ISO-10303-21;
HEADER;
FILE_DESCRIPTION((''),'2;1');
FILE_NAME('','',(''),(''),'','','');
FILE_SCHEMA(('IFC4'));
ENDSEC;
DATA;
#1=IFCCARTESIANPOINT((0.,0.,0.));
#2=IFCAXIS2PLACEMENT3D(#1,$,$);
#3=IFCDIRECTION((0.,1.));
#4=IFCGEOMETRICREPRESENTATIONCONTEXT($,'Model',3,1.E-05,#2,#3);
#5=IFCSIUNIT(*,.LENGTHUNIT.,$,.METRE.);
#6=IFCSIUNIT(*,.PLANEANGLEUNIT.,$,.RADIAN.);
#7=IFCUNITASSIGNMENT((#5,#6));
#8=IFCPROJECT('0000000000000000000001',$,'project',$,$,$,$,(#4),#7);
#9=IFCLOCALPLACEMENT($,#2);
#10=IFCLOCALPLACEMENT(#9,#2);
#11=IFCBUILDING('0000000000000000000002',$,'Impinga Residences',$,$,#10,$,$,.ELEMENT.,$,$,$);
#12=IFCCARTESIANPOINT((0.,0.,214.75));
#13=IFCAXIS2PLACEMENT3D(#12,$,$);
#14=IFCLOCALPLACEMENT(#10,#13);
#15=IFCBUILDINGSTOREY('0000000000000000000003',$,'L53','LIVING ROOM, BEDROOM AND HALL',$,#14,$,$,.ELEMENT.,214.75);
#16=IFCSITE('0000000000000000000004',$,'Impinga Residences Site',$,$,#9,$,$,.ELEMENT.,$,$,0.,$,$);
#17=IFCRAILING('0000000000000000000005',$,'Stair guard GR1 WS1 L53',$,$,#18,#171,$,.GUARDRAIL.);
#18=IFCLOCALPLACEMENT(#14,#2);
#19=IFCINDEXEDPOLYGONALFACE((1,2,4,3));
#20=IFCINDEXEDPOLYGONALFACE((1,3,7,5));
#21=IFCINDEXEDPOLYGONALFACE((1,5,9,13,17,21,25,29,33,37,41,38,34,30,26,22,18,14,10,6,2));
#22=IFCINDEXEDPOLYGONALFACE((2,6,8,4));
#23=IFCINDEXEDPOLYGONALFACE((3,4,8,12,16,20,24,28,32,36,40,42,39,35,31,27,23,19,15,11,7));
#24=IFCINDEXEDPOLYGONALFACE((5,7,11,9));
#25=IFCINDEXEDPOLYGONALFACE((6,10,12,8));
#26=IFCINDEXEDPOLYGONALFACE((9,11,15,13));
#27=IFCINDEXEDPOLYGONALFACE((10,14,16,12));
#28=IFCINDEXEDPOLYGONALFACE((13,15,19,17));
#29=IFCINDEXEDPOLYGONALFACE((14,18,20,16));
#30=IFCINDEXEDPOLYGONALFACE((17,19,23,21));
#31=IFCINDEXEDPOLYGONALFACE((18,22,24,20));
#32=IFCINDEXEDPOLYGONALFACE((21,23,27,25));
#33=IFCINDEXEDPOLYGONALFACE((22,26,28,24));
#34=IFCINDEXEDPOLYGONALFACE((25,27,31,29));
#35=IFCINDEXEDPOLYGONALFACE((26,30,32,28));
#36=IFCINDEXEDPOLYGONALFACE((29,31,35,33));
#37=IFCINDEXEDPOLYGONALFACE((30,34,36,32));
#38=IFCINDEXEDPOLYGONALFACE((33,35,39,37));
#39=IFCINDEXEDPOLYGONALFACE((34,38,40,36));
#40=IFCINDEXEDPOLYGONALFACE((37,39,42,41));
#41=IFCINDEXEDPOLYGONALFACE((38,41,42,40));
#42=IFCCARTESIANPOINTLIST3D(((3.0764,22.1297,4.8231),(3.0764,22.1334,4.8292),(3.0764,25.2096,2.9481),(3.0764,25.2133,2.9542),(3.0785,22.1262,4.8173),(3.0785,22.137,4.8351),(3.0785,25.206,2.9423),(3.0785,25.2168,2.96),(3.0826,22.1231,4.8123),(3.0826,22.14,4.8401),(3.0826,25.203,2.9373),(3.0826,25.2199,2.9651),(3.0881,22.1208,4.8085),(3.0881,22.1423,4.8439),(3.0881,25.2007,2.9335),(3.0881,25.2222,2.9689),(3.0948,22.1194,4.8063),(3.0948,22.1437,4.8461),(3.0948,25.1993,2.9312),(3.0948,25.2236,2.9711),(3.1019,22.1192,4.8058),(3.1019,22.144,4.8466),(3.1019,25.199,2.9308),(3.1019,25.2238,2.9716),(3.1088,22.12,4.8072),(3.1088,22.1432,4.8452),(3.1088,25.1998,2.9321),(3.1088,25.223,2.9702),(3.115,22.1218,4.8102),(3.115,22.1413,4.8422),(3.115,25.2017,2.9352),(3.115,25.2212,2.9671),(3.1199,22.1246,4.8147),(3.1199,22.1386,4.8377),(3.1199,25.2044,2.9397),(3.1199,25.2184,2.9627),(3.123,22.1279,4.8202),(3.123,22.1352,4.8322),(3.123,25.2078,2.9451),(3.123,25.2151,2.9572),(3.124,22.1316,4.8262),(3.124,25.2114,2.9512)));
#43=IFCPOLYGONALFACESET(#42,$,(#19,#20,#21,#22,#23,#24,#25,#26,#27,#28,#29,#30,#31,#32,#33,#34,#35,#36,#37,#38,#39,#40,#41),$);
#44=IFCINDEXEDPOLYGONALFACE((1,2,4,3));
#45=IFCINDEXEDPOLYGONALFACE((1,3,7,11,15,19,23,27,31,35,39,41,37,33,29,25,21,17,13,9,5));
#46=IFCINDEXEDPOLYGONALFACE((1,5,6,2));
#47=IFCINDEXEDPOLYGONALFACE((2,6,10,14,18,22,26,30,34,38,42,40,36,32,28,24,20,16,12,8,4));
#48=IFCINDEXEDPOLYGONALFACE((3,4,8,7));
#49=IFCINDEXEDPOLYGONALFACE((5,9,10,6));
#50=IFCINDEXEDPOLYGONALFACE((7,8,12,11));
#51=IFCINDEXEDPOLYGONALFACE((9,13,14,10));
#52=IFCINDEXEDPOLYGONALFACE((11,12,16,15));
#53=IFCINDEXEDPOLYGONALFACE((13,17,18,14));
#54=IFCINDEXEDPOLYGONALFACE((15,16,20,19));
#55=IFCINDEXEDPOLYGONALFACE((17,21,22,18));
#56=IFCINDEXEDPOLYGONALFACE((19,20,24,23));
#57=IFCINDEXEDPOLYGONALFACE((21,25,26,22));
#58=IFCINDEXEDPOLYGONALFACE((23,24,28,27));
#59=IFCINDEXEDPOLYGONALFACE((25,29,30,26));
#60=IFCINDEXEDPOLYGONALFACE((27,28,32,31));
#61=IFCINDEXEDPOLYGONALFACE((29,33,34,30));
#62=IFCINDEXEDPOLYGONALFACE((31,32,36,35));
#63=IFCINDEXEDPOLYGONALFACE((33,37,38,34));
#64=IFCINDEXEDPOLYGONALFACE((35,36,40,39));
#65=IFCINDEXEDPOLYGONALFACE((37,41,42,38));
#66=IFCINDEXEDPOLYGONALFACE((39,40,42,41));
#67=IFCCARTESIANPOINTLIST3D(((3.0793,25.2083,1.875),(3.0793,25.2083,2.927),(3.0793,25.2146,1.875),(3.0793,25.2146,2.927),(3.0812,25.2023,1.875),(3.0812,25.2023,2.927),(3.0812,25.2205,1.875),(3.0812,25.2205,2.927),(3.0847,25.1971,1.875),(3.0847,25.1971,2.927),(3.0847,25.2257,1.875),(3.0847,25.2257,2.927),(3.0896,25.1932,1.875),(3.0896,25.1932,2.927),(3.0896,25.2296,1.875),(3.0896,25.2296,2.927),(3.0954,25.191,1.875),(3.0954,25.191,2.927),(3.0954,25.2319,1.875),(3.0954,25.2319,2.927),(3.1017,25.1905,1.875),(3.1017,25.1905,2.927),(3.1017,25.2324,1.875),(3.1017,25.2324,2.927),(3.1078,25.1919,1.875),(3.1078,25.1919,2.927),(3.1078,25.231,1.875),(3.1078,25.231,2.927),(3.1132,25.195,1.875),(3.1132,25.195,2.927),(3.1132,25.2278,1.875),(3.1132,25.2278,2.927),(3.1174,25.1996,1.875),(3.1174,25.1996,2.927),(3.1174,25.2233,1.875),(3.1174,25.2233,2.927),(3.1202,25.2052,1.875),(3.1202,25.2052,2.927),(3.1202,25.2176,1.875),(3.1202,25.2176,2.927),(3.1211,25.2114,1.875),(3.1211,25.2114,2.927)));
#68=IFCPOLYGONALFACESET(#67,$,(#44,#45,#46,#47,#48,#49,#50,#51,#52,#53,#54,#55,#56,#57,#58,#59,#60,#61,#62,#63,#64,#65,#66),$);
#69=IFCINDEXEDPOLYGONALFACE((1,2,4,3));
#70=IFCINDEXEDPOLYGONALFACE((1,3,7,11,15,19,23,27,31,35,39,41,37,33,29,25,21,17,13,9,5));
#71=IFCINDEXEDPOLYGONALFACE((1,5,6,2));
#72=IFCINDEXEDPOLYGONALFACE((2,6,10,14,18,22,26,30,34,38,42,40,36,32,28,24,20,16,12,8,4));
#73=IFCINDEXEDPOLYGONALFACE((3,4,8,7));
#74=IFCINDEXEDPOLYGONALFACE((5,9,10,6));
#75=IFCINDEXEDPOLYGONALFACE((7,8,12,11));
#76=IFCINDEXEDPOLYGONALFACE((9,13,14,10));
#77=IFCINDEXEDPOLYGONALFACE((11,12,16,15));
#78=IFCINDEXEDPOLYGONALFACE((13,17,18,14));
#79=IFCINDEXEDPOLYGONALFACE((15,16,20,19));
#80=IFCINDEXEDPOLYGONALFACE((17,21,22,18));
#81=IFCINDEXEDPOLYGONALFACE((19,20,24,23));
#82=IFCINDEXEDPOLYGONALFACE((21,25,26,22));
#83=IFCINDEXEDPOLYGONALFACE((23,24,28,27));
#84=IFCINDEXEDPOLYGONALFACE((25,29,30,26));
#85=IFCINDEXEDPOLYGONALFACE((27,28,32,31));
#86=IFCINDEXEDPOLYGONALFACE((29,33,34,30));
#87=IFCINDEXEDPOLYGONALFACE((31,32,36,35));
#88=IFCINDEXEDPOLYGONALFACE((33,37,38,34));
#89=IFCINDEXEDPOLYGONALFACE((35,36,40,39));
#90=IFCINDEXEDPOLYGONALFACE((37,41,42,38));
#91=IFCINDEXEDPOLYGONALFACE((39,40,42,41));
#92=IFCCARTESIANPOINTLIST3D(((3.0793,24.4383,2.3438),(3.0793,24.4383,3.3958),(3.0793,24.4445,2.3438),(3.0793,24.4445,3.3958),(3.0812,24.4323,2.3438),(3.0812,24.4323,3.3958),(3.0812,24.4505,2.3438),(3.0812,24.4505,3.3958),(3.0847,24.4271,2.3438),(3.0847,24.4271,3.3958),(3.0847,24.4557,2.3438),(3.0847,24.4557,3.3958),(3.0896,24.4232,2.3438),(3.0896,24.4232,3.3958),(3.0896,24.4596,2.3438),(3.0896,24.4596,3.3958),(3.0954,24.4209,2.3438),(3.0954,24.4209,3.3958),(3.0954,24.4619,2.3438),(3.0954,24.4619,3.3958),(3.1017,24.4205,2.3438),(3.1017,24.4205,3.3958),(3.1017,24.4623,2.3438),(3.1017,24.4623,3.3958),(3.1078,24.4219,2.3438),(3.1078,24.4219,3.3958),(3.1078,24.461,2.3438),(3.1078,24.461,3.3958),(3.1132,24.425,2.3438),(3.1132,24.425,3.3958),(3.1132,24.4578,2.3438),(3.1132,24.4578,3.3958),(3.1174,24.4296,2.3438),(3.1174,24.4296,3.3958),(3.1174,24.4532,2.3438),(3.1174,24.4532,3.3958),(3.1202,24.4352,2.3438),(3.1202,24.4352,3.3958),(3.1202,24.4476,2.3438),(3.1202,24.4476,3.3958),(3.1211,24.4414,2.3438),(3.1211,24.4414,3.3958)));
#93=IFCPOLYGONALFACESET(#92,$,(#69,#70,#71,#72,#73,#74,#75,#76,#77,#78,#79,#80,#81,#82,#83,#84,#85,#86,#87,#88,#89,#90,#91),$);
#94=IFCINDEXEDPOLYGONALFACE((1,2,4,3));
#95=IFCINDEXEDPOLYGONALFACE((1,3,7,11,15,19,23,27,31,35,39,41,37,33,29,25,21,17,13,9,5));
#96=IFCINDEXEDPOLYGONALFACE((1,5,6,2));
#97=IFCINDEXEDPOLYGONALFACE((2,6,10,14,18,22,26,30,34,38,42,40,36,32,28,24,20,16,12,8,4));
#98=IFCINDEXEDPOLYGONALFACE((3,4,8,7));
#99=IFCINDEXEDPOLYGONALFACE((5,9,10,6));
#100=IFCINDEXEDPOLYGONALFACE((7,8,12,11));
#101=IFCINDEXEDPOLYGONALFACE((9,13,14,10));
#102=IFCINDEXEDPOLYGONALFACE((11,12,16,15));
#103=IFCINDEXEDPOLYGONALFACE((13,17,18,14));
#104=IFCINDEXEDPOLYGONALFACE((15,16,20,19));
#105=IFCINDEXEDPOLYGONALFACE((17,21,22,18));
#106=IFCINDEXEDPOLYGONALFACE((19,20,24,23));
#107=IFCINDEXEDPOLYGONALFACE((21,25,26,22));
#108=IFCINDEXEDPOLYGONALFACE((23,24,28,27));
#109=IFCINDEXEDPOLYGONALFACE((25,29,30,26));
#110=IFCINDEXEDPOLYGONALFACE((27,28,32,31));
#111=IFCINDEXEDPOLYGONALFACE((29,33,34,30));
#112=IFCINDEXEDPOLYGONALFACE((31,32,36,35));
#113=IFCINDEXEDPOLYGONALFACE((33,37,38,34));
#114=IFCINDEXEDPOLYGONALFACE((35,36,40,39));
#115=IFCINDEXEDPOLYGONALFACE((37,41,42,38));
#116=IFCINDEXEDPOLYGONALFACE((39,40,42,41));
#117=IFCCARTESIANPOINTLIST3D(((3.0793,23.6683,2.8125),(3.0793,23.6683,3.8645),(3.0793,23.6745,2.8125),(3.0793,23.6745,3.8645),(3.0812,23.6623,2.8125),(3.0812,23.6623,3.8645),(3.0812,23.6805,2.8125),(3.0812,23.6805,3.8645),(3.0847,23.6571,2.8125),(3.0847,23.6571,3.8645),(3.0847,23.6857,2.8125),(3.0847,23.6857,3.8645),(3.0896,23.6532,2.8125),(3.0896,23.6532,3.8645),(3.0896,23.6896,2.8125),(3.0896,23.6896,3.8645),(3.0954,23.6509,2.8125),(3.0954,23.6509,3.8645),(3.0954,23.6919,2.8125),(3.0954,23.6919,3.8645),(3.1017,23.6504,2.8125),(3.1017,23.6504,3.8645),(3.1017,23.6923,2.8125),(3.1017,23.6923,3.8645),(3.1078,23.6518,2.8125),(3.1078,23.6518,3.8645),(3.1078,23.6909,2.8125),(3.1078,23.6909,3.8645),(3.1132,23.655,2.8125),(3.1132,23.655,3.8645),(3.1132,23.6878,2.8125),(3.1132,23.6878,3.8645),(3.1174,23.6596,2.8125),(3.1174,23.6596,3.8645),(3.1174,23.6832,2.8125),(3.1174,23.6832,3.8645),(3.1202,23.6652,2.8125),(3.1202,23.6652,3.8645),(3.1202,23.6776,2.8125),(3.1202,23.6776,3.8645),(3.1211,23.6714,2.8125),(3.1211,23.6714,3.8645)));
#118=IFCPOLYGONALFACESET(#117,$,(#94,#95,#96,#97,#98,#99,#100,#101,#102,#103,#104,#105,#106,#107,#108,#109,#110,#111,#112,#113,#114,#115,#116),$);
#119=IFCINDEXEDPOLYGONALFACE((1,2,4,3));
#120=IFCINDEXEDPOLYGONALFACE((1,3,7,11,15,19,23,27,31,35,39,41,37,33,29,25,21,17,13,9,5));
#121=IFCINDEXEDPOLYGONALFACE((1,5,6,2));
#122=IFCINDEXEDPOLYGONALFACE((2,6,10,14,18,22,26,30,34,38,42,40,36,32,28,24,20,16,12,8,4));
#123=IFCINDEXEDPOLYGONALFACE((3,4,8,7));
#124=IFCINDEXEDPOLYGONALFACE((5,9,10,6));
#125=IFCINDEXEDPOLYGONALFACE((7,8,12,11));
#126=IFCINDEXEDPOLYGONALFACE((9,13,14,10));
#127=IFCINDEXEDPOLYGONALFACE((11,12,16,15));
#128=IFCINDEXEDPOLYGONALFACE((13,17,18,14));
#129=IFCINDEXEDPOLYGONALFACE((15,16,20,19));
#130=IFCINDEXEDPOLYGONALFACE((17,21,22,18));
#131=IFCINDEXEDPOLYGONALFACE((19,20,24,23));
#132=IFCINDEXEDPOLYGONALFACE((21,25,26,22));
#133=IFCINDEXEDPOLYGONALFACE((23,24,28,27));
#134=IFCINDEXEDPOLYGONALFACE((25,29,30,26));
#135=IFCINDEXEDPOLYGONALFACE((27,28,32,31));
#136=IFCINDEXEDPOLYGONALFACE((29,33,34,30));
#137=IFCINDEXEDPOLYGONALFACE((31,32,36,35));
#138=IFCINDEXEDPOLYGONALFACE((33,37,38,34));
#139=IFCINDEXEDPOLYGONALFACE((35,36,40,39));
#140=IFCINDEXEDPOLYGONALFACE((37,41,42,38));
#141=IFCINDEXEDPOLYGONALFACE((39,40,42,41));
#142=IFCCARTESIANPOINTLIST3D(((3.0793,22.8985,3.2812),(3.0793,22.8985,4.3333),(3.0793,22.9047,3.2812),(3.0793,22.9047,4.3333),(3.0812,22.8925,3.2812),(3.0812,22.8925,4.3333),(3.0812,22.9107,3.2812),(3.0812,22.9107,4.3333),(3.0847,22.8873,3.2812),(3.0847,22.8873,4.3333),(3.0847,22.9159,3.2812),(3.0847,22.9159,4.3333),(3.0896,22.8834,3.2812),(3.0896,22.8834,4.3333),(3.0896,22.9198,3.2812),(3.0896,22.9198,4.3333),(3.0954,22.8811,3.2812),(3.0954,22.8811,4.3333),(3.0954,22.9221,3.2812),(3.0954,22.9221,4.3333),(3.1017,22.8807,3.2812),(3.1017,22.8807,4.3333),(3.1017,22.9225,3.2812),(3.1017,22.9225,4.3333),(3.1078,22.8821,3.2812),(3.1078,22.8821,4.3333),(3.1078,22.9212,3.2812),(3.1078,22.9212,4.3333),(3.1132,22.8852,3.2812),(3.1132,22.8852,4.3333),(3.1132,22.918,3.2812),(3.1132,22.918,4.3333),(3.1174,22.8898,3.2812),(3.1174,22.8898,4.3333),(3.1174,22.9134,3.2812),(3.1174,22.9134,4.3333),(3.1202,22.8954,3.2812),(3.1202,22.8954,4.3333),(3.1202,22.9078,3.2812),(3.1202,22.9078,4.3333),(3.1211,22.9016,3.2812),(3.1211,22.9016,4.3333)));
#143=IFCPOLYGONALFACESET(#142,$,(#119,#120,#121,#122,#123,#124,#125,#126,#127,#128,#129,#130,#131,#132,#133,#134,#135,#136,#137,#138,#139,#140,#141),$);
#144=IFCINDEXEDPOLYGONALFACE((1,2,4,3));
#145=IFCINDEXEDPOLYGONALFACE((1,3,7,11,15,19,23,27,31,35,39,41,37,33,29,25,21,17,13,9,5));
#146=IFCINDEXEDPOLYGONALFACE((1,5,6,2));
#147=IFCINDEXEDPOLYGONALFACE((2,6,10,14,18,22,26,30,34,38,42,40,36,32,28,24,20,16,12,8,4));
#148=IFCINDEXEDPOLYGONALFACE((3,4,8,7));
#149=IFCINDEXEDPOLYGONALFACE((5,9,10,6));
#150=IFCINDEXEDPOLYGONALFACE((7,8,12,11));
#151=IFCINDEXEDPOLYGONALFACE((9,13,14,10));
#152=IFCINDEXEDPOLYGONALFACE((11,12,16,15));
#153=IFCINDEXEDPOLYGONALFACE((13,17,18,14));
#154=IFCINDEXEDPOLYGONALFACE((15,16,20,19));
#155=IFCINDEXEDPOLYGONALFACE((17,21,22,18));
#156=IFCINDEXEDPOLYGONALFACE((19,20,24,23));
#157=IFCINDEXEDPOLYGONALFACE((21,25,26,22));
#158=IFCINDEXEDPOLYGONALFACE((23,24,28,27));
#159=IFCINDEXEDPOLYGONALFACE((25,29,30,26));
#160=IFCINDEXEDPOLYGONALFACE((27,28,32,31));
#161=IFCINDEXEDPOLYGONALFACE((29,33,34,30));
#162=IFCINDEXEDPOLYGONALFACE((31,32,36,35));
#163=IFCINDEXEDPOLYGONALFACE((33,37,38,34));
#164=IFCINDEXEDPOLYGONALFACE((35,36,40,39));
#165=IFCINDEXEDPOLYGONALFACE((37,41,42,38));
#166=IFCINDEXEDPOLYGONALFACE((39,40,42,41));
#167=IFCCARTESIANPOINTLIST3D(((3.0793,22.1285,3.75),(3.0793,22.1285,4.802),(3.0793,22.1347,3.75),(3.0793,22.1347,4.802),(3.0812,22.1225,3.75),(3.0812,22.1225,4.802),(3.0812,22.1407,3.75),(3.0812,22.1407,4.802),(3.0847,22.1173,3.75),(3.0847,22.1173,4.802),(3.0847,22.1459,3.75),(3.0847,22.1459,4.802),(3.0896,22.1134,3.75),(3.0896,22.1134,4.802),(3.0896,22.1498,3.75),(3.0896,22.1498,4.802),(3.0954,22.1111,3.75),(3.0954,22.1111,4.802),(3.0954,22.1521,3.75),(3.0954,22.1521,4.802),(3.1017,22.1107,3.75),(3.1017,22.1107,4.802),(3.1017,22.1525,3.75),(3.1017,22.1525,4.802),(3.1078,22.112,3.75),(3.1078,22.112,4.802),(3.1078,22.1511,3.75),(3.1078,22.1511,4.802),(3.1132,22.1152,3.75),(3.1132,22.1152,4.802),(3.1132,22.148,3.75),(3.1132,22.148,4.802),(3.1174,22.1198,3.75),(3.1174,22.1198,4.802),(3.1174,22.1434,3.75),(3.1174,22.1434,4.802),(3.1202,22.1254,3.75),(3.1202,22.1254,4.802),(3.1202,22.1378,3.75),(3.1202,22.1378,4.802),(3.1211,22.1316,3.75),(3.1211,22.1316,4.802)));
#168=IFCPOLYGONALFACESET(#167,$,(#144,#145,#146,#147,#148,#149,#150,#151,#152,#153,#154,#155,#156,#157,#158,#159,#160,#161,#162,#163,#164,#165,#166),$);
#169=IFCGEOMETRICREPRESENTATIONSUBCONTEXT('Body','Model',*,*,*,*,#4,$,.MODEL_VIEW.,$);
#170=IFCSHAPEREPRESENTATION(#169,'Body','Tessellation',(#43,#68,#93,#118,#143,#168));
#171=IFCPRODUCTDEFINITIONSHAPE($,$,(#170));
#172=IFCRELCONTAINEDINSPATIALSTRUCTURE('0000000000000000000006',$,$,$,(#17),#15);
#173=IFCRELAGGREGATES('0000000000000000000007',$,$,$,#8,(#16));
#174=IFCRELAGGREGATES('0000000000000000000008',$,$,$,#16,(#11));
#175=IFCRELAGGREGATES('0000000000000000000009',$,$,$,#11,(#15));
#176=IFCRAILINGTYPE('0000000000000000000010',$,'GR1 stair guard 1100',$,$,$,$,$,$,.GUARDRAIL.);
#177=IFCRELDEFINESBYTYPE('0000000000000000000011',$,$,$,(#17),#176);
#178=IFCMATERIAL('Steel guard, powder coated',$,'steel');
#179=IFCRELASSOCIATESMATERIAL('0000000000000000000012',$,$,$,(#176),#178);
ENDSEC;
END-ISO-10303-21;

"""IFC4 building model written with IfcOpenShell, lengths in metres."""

from ifc_helpers import new_model, si_unit, direction, frame, origin, origin_2d, place, context, subcontext, project, spatial, circle, extrude, material, type_object, element, save


model = new_model("IFC4")

# Units and contexts
model_context = context("Model", 3, precision=1e-05, world=origin(), true_north=direction((0.0, 1.0)))
body_context = subcontext(model_context, "Body", "Model", "MODEL_VIEW")
ifc_project = project(units=[si_unit("LENGTHUNIT", "METRE"), si_unit("PLANEANGLEUNIT", "RADIAN")], contexts=[model_context])

# Site, building, storey
site_placement = place(None, origin())
site = spatial("IfcSite", under=ifc_project, at=site_placement, Name="Impinga Residences Site", CompositionType="ELEMENT", RefElevation=0.0)
building_placement = place(site_placement, origin())
building = spatial("IfcBuilding", under=site, at=building_placement, Name="Impinga Residences", CompositionType="ELEMENT")
storey_placement = place(building_placement, frame((0.0, 0.0, 214.75)))
storey = spatial("IfcBuildingStorey", under=building, at=storey_placement, Name="L53", Description="LIVING ROOM, BEDROOM AND HALL", CompositionType="ELEMENT", Elevation=214.75)

# Railing
ifc_material_1 = material(Name="Steel guard, powder coated", Category="steel")
railing_type_1 = type_object("IfcRailingType", Name="GR1 stair guard 1100", PredefinedType="GUARDRAIL", material=ifc_material_1)
railing_1_placement = place(storey_placement, frame((3.1001, 25.2114, 1.875)))
element("IfcRailing", 1, at=railing_1_placement, inside=storey, type_object=railing_type_1, Name="Stair guard GR1 WS1 L53", PredefinedType="GUARDRAIL", context=body_context, shape_type="SweptSolid", body=[
    extrude(circle(Radius=0.0239, at=origin_2d()), frame((0.0, 0.0, 1.0762), z_axis=(0.0, -0.854159, 0.520011), x_axis=(1.0, 0.0, 0.0)), (0.0, 0.0, 1.0), 3.6057),
    extrude(circle(Radius=0.021, at=origin_2d()), origin(), (0.0, 0.0, 1.0), 1.052),
    extrude(circle(Radius=0.021, at=origin_2d()), frame((0.0, -0.77, 0.4688)), (0.0, 0.0, 1.0), 1.052),
    extrude(circle(Radius=0.021, at=origin_2d()), frame((0.0, -1.54, 0.9375)), (0.0, 0.0, 1.0), 1.052),
    extrude(circle(Radius=0.021, at=origin_2d()), frame((0.0, -2.3098, 1.4062)), (0.0, 0.0, 1.0), 1.052),
    extrude(circle(Radius=0.021, at=origin_2d()), frame((0.0, -3.0798, 1.875)), (0.0, 0.0, 1.0), 1.052),
])

save(model, "model.ifc")
